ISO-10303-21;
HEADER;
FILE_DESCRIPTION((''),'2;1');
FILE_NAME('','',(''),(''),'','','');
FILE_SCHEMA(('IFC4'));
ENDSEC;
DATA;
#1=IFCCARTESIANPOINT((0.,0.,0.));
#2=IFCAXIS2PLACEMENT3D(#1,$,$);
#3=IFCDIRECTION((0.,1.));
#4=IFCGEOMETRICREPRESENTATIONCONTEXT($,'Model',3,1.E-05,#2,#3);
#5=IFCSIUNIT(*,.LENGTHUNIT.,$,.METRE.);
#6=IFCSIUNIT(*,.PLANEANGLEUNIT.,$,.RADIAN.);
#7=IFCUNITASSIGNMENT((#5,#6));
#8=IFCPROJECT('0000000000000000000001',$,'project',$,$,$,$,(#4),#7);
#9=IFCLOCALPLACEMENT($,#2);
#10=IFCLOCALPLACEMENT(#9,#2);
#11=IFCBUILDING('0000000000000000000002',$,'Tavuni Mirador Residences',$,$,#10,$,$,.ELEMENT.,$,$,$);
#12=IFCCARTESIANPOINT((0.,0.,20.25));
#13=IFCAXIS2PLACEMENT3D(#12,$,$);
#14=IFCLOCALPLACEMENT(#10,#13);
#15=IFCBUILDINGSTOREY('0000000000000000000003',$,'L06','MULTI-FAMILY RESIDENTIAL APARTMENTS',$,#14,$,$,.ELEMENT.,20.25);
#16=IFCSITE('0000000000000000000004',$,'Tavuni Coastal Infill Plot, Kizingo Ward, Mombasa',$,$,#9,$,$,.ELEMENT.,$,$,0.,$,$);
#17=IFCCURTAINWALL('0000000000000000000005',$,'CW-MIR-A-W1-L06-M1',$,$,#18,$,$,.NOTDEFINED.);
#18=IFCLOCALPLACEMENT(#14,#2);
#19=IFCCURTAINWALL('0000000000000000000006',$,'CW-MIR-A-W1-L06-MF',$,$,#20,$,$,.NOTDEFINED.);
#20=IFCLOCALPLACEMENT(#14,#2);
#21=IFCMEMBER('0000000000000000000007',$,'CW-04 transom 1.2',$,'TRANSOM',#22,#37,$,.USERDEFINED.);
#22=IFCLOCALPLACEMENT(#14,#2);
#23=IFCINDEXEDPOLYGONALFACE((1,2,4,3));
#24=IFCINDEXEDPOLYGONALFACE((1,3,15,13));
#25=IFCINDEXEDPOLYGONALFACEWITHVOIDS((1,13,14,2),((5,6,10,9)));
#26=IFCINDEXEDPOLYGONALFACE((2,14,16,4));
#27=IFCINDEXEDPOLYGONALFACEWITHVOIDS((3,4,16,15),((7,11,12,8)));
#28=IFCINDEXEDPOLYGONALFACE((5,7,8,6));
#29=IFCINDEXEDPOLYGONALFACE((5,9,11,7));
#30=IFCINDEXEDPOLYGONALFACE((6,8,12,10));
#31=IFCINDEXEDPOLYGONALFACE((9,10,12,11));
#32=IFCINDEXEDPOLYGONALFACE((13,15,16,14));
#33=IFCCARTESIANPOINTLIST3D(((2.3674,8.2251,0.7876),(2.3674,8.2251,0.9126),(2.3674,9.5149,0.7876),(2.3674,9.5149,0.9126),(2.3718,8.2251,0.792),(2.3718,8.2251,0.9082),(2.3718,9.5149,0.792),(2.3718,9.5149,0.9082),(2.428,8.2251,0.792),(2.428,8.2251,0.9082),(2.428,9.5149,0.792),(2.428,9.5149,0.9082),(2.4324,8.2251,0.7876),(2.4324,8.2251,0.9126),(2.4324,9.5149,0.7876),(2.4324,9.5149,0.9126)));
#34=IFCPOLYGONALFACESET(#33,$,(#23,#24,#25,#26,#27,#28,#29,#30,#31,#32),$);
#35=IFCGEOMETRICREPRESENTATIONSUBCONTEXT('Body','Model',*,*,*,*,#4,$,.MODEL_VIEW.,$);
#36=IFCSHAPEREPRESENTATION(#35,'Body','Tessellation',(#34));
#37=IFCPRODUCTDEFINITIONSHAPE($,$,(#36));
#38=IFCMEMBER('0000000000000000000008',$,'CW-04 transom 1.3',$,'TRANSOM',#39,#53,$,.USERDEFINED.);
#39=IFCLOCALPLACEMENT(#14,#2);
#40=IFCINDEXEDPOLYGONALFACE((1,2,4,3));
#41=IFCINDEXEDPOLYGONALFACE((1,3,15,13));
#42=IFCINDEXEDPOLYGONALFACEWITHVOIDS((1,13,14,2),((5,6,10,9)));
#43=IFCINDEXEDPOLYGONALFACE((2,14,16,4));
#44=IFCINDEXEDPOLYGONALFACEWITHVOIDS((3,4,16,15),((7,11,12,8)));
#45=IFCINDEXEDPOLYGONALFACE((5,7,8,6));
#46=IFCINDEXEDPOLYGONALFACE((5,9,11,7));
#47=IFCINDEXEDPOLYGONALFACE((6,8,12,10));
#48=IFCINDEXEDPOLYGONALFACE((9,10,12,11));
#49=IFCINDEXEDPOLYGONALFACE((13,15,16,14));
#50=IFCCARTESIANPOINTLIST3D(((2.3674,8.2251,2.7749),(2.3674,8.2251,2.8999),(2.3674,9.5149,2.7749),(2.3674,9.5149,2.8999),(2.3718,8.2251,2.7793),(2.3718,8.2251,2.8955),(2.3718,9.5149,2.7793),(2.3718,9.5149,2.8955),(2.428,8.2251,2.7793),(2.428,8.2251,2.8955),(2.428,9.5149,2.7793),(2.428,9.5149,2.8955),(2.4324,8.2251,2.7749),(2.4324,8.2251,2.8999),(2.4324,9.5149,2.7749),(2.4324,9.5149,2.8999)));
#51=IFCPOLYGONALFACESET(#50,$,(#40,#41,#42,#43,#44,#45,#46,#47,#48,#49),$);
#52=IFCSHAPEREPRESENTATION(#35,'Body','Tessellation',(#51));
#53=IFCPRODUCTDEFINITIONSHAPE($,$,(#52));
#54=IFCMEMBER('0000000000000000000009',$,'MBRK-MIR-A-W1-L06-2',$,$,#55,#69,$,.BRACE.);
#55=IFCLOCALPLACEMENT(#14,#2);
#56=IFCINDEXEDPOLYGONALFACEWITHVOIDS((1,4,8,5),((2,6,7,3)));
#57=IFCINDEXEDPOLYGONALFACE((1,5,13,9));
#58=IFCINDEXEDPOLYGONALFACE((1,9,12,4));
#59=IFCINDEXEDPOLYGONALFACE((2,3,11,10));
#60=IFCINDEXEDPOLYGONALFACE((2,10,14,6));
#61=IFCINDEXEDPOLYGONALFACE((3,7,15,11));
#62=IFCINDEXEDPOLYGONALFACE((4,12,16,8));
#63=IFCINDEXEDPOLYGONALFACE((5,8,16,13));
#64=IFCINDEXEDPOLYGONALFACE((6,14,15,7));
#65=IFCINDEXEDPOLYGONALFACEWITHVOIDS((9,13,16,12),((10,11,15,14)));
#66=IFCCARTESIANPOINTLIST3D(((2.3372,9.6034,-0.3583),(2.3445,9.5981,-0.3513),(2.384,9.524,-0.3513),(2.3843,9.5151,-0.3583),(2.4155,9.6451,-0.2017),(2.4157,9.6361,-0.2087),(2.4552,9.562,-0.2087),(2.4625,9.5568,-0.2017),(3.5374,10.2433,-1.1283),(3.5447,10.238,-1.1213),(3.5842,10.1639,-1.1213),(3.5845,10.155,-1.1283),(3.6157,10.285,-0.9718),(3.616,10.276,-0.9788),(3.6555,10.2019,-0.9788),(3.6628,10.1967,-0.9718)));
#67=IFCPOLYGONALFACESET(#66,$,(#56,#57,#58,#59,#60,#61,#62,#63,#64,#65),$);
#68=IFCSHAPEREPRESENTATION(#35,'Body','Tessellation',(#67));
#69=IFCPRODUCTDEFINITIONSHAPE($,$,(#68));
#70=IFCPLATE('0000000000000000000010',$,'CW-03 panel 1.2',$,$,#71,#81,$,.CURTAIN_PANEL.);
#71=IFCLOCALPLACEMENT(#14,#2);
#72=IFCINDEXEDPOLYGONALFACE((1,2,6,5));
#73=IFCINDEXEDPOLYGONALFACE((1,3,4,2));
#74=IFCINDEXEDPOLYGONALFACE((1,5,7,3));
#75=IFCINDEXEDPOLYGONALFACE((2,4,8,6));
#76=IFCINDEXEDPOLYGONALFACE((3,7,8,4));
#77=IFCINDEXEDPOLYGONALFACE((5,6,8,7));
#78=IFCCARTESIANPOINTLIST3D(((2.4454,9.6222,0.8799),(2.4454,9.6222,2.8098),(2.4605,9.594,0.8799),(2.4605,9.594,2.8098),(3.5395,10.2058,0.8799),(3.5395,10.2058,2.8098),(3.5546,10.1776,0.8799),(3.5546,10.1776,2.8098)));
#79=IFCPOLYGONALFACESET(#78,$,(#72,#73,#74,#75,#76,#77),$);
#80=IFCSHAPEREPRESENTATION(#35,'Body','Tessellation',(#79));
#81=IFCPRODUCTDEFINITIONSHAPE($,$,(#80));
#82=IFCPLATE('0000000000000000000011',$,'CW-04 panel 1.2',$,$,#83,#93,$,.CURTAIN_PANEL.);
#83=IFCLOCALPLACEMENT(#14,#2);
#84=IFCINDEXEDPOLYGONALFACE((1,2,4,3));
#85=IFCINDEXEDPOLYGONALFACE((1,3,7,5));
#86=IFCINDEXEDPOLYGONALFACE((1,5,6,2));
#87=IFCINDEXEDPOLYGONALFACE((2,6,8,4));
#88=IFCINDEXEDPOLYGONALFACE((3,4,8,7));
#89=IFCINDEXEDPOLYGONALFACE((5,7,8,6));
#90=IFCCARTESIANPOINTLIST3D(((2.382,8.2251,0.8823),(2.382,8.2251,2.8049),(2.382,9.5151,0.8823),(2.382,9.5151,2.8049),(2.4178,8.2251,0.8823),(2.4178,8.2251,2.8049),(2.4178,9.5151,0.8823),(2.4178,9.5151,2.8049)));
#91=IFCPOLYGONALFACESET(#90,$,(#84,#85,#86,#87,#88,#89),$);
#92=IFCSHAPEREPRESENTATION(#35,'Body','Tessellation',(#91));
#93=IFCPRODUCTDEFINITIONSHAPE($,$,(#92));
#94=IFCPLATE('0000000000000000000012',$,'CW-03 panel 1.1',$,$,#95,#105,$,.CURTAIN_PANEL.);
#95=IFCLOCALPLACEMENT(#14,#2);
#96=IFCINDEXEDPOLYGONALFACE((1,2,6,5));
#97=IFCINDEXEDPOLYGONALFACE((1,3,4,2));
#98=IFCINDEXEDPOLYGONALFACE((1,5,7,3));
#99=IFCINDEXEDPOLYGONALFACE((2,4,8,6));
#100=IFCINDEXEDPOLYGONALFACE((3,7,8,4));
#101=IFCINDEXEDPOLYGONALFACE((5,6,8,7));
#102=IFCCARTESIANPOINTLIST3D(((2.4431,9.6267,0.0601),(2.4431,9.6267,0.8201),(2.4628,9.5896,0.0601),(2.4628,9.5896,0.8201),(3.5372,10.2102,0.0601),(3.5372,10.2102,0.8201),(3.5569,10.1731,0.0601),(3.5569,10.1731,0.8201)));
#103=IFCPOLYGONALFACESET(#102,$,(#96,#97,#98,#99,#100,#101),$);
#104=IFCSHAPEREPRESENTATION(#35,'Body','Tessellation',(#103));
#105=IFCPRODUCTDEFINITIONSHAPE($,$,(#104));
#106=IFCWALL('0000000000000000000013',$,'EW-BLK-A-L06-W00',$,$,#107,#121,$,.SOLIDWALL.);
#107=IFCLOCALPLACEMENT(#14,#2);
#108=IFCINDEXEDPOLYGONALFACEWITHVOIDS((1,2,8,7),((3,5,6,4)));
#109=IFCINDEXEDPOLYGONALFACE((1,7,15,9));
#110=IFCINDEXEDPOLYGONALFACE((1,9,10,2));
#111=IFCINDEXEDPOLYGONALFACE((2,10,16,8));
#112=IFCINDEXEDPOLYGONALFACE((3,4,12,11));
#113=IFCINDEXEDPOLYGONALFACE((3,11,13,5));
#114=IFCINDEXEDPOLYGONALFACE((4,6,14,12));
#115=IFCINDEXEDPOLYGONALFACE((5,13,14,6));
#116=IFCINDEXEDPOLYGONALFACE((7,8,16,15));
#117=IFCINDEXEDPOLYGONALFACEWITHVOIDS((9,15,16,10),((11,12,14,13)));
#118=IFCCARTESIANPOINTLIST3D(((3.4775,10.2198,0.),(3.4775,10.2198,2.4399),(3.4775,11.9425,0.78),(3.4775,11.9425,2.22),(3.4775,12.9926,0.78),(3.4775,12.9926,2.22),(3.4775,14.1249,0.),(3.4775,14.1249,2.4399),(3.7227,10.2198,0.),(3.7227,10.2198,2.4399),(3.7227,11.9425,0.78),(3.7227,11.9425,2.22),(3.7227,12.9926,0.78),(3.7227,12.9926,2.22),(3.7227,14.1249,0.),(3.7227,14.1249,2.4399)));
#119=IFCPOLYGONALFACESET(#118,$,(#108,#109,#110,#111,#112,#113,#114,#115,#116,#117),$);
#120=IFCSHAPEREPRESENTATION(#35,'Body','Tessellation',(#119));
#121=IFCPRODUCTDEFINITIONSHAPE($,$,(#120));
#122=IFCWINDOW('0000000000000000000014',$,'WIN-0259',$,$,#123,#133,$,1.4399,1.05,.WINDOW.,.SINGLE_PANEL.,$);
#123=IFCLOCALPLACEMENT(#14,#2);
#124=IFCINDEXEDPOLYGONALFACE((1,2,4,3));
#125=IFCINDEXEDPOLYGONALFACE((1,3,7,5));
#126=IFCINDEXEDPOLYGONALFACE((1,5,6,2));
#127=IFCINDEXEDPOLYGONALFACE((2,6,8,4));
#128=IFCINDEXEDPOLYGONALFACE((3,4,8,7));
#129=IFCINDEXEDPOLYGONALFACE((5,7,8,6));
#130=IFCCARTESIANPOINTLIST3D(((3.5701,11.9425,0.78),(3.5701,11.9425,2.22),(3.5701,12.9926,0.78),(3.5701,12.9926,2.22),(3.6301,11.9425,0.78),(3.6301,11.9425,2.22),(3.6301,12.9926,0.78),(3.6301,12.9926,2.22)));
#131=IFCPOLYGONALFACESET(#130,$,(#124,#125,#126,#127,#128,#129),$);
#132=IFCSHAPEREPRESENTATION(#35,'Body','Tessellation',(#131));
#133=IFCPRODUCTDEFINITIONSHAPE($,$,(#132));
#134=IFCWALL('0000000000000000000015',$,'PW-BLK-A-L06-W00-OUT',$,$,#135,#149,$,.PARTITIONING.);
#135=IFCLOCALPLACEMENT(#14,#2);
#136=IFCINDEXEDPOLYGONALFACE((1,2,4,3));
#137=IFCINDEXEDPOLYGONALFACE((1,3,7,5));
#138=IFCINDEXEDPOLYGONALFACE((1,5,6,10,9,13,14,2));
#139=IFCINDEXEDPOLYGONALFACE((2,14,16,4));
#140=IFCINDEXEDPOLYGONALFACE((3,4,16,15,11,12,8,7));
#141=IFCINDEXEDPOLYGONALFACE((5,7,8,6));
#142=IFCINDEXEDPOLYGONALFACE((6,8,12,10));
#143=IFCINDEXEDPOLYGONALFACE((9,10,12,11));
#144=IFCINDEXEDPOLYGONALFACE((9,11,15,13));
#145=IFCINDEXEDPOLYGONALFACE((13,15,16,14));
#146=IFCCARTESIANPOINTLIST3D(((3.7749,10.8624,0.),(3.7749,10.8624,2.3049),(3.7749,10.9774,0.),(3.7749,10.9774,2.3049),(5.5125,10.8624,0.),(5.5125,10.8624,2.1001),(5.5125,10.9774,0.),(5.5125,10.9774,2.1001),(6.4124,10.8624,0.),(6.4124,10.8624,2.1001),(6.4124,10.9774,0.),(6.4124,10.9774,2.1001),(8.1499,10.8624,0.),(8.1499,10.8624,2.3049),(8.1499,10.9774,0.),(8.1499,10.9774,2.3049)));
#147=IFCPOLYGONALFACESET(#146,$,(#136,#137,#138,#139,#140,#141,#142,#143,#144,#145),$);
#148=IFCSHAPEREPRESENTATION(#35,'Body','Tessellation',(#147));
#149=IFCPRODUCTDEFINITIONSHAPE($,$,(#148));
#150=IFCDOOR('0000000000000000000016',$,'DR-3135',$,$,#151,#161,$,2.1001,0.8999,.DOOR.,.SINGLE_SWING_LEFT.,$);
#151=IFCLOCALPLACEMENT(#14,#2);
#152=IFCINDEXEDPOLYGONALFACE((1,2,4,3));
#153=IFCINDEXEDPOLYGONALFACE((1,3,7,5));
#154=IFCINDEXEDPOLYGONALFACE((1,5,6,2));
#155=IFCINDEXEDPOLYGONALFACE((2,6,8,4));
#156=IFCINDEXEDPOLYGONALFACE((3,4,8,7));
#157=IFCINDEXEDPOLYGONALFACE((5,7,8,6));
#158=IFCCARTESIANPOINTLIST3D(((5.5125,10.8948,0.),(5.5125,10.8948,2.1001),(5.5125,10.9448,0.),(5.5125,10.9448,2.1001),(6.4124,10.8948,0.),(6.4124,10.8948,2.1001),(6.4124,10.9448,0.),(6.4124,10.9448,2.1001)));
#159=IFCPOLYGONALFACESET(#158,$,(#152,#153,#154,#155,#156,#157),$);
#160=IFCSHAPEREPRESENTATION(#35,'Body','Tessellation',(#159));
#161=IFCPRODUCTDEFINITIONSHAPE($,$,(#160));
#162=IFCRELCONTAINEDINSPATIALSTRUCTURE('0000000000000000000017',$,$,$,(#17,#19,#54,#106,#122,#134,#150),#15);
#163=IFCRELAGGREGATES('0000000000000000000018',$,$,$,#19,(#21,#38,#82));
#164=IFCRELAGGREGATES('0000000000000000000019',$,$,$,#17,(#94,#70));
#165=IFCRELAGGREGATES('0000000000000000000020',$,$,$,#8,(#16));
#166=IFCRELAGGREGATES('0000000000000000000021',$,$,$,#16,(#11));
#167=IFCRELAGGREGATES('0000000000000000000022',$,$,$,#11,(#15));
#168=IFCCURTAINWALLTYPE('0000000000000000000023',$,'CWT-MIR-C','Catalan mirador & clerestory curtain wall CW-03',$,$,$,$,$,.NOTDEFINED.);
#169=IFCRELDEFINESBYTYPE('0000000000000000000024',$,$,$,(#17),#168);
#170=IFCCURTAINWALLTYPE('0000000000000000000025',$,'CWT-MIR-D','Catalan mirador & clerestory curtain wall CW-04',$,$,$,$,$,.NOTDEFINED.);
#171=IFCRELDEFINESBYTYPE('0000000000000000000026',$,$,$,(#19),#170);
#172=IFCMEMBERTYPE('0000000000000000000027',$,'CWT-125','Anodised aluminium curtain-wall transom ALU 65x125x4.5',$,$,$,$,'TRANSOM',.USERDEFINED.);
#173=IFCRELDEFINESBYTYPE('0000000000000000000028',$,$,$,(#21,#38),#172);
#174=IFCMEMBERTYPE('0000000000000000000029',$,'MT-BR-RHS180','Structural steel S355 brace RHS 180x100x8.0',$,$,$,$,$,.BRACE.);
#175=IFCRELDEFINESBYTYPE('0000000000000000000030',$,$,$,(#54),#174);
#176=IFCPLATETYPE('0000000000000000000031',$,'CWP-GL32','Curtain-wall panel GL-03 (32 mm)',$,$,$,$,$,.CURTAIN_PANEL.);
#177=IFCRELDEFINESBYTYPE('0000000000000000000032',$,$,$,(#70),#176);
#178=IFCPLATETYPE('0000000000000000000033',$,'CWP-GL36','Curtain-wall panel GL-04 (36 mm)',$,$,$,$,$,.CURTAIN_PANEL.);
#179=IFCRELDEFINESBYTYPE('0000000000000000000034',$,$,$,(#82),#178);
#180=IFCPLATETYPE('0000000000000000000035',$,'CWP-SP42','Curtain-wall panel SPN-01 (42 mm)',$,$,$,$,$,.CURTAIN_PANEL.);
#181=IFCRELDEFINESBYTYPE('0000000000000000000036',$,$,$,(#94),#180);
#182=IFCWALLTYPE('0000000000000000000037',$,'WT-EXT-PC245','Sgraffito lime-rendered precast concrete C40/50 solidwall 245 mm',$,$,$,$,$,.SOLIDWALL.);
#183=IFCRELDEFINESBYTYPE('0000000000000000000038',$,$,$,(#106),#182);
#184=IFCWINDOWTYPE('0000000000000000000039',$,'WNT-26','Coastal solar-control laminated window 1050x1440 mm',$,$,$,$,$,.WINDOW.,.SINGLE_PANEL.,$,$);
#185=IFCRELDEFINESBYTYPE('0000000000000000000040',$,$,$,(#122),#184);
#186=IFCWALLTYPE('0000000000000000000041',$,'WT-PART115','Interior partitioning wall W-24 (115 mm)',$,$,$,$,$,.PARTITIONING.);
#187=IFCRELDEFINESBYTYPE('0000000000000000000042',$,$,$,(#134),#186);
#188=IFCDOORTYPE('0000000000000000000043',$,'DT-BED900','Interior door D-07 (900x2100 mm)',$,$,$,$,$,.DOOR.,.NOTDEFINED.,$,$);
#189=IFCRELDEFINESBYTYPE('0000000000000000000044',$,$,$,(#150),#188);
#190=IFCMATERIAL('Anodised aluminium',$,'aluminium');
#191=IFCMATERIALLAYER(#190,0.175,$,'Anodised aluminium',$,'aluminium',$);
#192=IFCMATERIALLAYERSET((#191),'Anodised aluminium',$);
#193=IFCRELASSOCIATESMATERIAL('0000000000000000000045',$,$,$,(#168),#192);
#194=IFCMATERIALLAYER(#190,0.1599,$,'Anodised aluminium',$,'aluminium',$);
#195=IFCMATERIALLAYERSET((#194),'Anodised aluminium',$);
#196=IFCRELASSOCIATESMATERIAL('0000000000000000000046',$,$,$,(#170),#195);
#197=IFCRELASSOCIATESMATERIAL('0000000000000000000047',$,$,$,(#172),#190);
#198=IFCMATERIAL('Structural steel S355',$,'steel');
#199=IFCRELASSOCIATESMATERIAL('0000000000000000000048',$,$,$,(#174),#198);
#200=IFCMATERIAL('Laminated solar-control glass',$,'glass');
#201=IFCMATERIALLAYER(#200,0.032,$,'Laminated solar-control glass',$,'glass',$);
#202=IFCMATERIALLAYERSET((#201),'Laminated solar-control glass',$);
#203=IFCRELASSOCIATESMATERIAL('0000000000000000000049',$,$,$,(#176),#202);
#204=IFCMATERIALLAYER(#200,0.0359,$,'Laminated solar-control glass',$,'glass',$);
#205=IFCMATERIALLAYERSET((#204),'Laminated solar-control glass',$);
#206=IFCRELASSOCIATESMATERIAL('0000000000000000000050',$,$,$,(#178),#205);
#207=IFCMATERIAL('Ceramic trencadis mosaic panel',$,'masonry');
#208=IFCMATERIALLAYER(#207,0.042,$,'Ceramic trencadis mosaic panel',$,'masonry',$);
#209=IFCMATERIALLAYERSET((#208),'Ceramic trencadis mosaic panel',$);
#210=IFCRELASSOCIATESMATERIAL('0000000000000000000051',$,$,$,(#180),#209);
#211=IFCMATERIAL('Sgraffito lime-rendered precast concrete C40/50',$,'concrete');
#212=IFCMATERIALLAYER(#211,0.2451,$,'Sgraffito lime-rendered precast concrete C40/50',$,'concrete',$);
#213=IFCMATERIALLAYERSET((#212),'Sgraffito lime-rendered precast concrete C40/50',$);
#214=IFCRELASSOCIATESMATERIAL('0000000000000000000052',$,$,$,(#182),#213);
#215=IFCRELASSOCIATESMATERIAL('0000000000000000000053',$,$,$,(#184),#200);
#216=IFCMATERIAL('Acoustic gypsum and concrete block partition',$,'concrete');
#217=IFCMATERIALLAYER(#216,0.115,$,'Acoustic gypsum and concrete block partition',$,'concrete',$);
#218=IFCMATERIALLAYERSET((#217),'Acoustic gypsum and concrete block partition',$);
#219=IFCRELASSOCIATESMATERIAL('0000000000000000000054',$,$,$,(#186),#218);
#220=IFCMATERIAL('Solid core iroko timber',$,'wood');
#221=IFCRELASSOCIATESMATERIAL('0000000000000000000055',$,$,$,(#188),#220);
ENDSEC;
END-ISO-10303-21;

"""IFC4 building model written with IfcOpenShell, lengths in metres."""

from ifc_helpers import new_model, si_unit, direction, frame, frame_2d, origin, origin_2d, place, context, subcontext, project, spatial, rectangle, hollow_rectangle, extrude, material, layer, layer_set, material_profile, profile_set, type_object, element, fill, aggregate, save


model = new_model("IFC4")

# Units and contexts
model_context = context("Model", 3, precision=1e-05, world=origin(), true_north=direction((0.0, 1.0)))
body_context = subcontext(model_context, "Body", "Model", "MODEL_VIEW")
ifc_project = project(units=[si_unit("LENGTHUNIT", "METRE"), si_unit("PLANEANGLEUNIT", "RADIAN")], contexts=[model_context])

# Site, building, storey
site_placement = place(None, origin())
site = spatial("IfcSite", under=ifc_project, at=site_placement, Name="Tavuni Coastal Infill Plot, Kizingo Ward, Mombasa", CompositionType="ELEMENT", RefElevation=0.0)
building_placement = place(site_placement, origin())
building = spatial("IfcBuilding", under=site, at=building_placement, Name="Tavuni Mirador Residences", CompositionType="ELEMENT")
storey_placement = place(building_placement, frame((0.0, 0.0, 20.25)))
storey = spatial("IfcBuildingStorey", under=building, at=storey_placement, Name="L06", Description="MULTI-FAMILY RESIDENTIAL APARTMENTS", CompositionType="ELEMENT", Elevation=20.25)

# Curtain wall
ifc_material_1 = material(Name="Anodised aluminium", Category="aluminium")
ifc_layer_1 = layer(ifc_material_1, 0.175, Name="Anodised aluminium", Category="aluminium")
ifc_layer_set_1 = layer_set([ifc_layer_1], Name="Anodised aluminium")
curtain_wall_type_1 = type_object("IfcCurtainWallType", Name="CWT-MIR-C", Description="Catalan mirador & clerestory curtain wall CW-03", PredefinedType="NOTDEFINED", material=ifc_layer_set_1)
curtain_wall_1_placement = place(storey_placement, origin())
curtain_wall_1 = element("IfcCurtainWall", 1, at=curtain_wall_1_placement, inside=storey, type_object=curtain_wall_type_1, Name="CW-MIR-A-W1-L06-M1", PredefinedType="NOTDEFINED")

# Curtain wall
ifc_layer_2 = layer(ifc_material_1, 0.1599, Name="Anodised aluminium", Category="aluminium")
ifc_layer_set_2 = layer_set([ifc_layer_2], Name="Anodised aluminium")
curtain_wall_type_2 = type_object("IfcCurtainWallType", Name="CWT-MIR-D", Description="Catalan mirador & clerestory curtain wall CW-04", PredefinedType="NOTDEFINED", material=ifc_layer_set_2)
curtain_wall_2_placement = place(storey_placement, origin())
curtain_wall_2 = element("IfcCurtainWall", 2, at=curtain_wall_2_placement, inside=storey, type_object=curtain_wall_type_2, Name="CW-MIR-A-W1-L06-MF", PredefinedType="NOTDEFINED")

# Members
ifc_material_profile_1 = material_profile(ifc_material_1, hollow_rectangle(XDim=0.0649, YDim=0.125, WallThickness=0.0044, at=origin_2d()), Name="ALU 65x125x4.5", Category="aluminium")
ifc_profile_set_1 = profile_set([ifc_material_profile_1], Name="Anodised aluminium")
member_type_1 = type_object("IfcMemberType", Name="CWT-125", Description="Anodised aluminium curtain-wall transom ALU 65x125x4.5", ElementType="TRANSOM", PredefinedType="USERDEFINED", material=ifc_profile_set_1)
member_1_placement = place(storey_placement, frame((2.3999, 9.5149, 0.8501), z_axis=(0.0, -1.0, 0.0), x_axis=(1.0, 0.0, 0.0)))
member_1 = element("IfcMember", 3, at=member_1_placement, type_object=member_type_1, Name="CW-04 transom 1.2", ObjectType="TRANSOM", PredefinedType="USERDEFINED", context=body_context, shape_type="SweptSolid", body=[
    extrude(hollow_rectangle(XDim=0.0649, YDim=0.125, WallThickness=0.0044, at=origin_2d()), origin(), (0.0, 0.0, 1.0), 1.2898),
])
member_2_placement = place(storey_placement, frame((2.3999, 9.5149, 2.8374), z_axis=(0.0, -1.0, 0.0), x_axis=(1.0, 0.0, 0.0)))
member_2 = element("IfcMember", 4, at=member_2_placement, type_object=member_type_1, Name="CW-04 transom 1.3", ObjectType="TRANSOM", PredefinedType="USERDEFINED", context=body_context, shape_type="SweptSolid", body=[
    extrude(hollow_rectangle(XDim=0.0649, YDim=0.125, WallThickness=0.0044, at=origin_2d()), origin(), (0.0, 0.0, 1.0), 1.2898),
])
ifc_material_2 = material(Name="Structural steel S355", Category="steel")
ifc_material_profile_2 = material_profile(ifc_material_2, hollow_rectangle(XDim=0.1001, YDim=0.1799, WallThickness=0.0081, at=origin_2d()), Name="RHS 180x100x8.0", Category="steel")
ifc_profile_set_2 = profile_set([ifc_material_profile_2], Name="Structural steel S355")
member_type_2 = type_object("IfcMemberType", Name="MT-BR-RHS180", Description="Structural steel S355 brace RHS 180x100x8.0", PredefinedType="BRACE", material=ifc_profile_set_2)
member_3_placement = place(storey_placement, frame((3.6001, 10.22, -1.05), z_axis=(-0.767896, -0.409409, 0.492666), x_axis=(0.470467, -0.882418, 0.0)))
element("IfcMember", 5, at=member_3_placement, inside=storey, type_object=member_type_2, Name="MBRK-MIR-A-W1-L06-2", PredefinedType="BRACE", context=body_context, shape_type="SweptSolid", body=[
    extrude(hollow_rectangle(XDim=0.1001, YDim=0.1799, WallThickness=0.0081, at=origin_2d()), origin(), (0.0, 0.0, 1.0), 1.563),
])

# Plates
ifc_material_3 = material(Name="Laminated solar-control glass", Category="glass")
ifc_layer_3 = layer(ifc_material_3, 0.032, Name="Laminated solar-control glass", Category="glass")
ifc_layer_set_3 = layer_set([ifc_layer_3], Name="Laminated solar-control glass")
plate_type_1 = type_object("IfcPlateType", Name="CWP-GL32", Description="Curtain-wall panel GL-03 (32 mm)", PredefinedType="CURTAIN_PANEL", material=ifc_layer_set_3)
plate_1_placement = place(storey_placement, frame((3.0, 9.8999, 0.8799), z_axis=(0.0, 0.0, 1.0), x_axis=(-0.882353, -0.470588, 0.0)))
plate_1 = element("IfcPlate", 6, at=plate_1_placement, type_object=plate_type_1, Name="CW-03 panel 1.2", PredefinedType="CURTAIN_PANEL", context=body_context, shape_type="SweptSolid", body=[
    extrude(rectangle(XDim=1.24, YDim=0.032, at=origin_2d()), origin(), (0.0, 0.0, 1.0), 1.9299),
])
ifc_layer_4 = layer(ifc_material_3, 0.0359, Name="Laminated solar-control glass", Category="glass")
ifc_layer_set_4 = layer_set([ifc_layer_4], Name="Laminated solar-control glass")
plate_type_2 = type_object("IfcPlateType", Name="CWP-GL36", Description="Curtain-wall panel GL-04 (36 mm)", PredefinedType="CURTAIN_PANEL", material=ifc_layer_set_4)
plate_2_placement = place(storey_placement, frame((2.3999, 8.8701, 0.8823), z_axis=(0.0, 0.0, 1.0), x_axis=(0.0, -1.0, 0.0)))
plate_2 = element("IfcPlate", 7, at=plate_2_placement, type_object=plate_type_2, Name="CW-04 panel 1.2", PredefinedType="CURTAIN_PANEL", context=body_context, shape_type="SweptSolid", body=[
    extrude(rectangle(XDim=1.29, YDim=0.0359, at=origin_2d()), origin(), (0.0, 0.0, 1.0), 1.9226),
])
aggregate(curtain_wall_2, [member_1, member_2, plate_2])
ifc_material_4 = material(Name="Ceramic trencadis mosaic panel", Category="masonry")
ifc_layer_5 = layer(ifc_material_4, 0.042, Name="Ceramic trencadis mosaic panel", Category="masonry")
ifc_layer_set_5 = layer_set([ifc_layer_5], Name="Ceramic trencadis mosaic panel")
plate_type_3 = type_object("IfcPlateType", Name="CWP-SP42", Description="Curtain-wall panel SPN-01 (42 mm)", PredefinedType="CURTAIN_PANEL", material=ifc_layer_set_5)
plate_3_placement = place(storey_placement, frame((3.0, 9.8999, 0.0601), z_axis=(0.0, 0.0, 1.0), x_axis=(-0.882353, -0.470588, 0.0)))
plate_3 = element("IfcPlate", 8, at=plate_3_placement, type_object=plate_type_3, Name="CW-03 panel 1.1", PredefinedType="CURTAIN_PANEL", context=body_context, shape_type="SweptSolid", body=[
    extrude(rectangle(XDim=1.24, YDim=0.042, at=origin_2d()), origin(), (0.0, 0.0, 1.0), 0.76),
])
aggregate(curtain_wall_1, [plate_3, plate_1])

# Wall, opening, window
ifc_material_5 = material(Name="Sgraffito lime-rendered precast concrete C40/50", Category="concrete")
ifc_layer_6 = layer(ifc_material_5, 0.2451, Name="Sgraffito lime-rendered precast concrete C40/50", Category="concrete")
ifc_layer_set_6 = layer_set([ifc_layer_6], Name="Sgraffito lime-rendered precast concrete C40/50")
wall_type_1 = type_object("IfcWallType", Name="WT-EXT-PC245", Description="Sgraffito lime-rendered precast concrete C40/50 solidwall 245 mm", PredefinedType="SOLIDWALL", material=ifc_layer_set_6)
wall_1_placement = place(storey_placement, frame((3.6001, 14.125, 0.0), z_axis=(0.0, 0.0, 1.0), x_axis=(0.0, -1.0, 0.0)))
wall_1 = element("IfcWall", 9, at=wall_1_placement, inside=storey, type_object=wall_type_1, Name="EW-BLK-A-L06-W00", PredefinedType="SOLIDWALL", context=body_context, shape_type="SweptSolid", body=[
    extrude(rectangle(XDim=3.905, YDim=0.2451, at=frame_2d((1.9526, 0.0))), origin(), (0.0, 0.0, 1.0), 2.4399),
])
opening_1_placement = place(wall_1_placement, frame((1.1326, 0.0, 0.78)))
opening_1 = element("IfcOpeningElement", 10, at=opening_1_placement, cuts=wall_1, PredefinedType="OPENING", context=body_context, shape_type="SweptSolid", body=[
    extrude(rectangle(XDim=1.05, YDim=1.4399, at=frame_2d((0.5249, 0.72))), frame((0.0, 0.1326, 0.0), z_axis=(0.0, -1.0, 0.0), x_axis=(1.0, 0.0, 0.0)), (0.0, 0.0, 1.0), 0.2651),
])
window_type = type_object("IfcWindowType", Name="WNT-26", Description="Coastal solar-control laminated window 1050x1440 mm", PartitioningType="SINGLE_PANEL", PredefinedType="WINDOW", material=ifc_material_3)
window_placement = place(opening_1_placement, origin())
window = element("IfcWindow", 11, at=window_placement, inside=storey, type_object=window_type, Name="WIN-0259", OverallHeight=1.4399, OverallWidth=1.05, PartitioningType="SINGLE_PANEL", PredefinedType="WINDOW", context=body_context, shape_type="SweptSolid", body=[
    extrude(rectangle(XDim=1.05, YDim=1.4399, at=frame_2d((0.5249, 0.72))), frame((0.0, 0.03, 0.0), z_axis=(0.0, -1.0, 0.0), x_axis=(1.0, 0.0, 0.0)), (0.0, 0.0, 1.0), 0.0601),
])
fill(opening_1, window)

# Wall, opening, door
ifc_material_6 = material(Name="Acoustic gypsum and concrete block partition", Category="concrete")
ifc_layer_7 = layer(ifc_material_6, 0.115, Name="Acoustic gypsum and concrete block partition", Category="concrete")
ifc_layer_set_7 = layer_set([ifc_layer_7], Name="Acoustic gypsum and concrete block partition")
wall_type_2 = type_object("IfcWallType", Name="WT-PART115", Description="Interior partitioning wall W-24 (115 mm)", PredefinedType="PARTITIONING", material=ifc_layer_set_7)
wall_2_placement = place(storey_placement, frame((3.7749, 10.9199, 0.0), z_axis=(0.0, 0.0, 1.0), x_axis=(1.0, 0.0, 0.0)))
wall_2 = element("IfcWall", 12, at=wall_2_placement, inside=storey, type_object=wall_type_2, Name="PW-BLK-A-L06-W00-OUT", PredefinedType="PARTITIONING", context=body_context, shape_type="SweptSolid", body=[
    extrude(rectangle(XDim=4.375, YDim=0.115, at=frame_2d((2.1875, 0.0))), origin(), (0.0, 0.0, 1.0), 2.3049),
])
opening_2_placement = place(wall_2_placement, frame((1.7375, 0.0, 0.0)))
opening_2 = element("IfcOpeningElement", 13, at=opening_2_placement, cuts=wall_2, PredefinedType="OPENING", context=body_context, shape_type="SweptSolid", body=[
    extrude(rectangle(XDim=0.8999, YDim=2.1001, at=frame_2d((0.45, 1.05))), frame((0.0, 0.0674, 0.0), z_axis=(0.0, -1.0, 0.0), x_axis=(1.0, 0.0, 0.0)), (0.0, 0.0, 1.0), 0.135),
])
ifc_material_7 = material(Name="Solid core iroko timber", Category="wood")
door_type_1 = type_object("IfcDoorType", Name="DT-BED900", Description="Interior door D-07 (900x2100 mm)", OperationType="NOTDEFINED", PredefinedType="DOOR", material=ifc_material_7)
door_1_placement = place(opening_2_placement, origin())
door_1 = element("IfcDoor", 14, at=door_1_placement, inside=storey, type_object=door_type_1, Name="DR-3135", OperationType="SINGLE_SWING_LEFT", OverallHeight=2.1001, OverallWidth=0.8999, PredefinedType="DOOR", context=body_context, shape_type="SweptSolid", body=[
    extrude(rectangle(XDim=0.8999, YDim=2.1001, at=frame_2d((0.45, 1.05))), frame((0.0, 0.0249, 0.0), z_axis=(0.0, -1.0, 0.0), x_axis=(1.0, 0.0, 0.0)), (0.0, 0.0, 1.0), 0.05),
])
fill(opening_2, door_1)

save(model, "model.ifc")
